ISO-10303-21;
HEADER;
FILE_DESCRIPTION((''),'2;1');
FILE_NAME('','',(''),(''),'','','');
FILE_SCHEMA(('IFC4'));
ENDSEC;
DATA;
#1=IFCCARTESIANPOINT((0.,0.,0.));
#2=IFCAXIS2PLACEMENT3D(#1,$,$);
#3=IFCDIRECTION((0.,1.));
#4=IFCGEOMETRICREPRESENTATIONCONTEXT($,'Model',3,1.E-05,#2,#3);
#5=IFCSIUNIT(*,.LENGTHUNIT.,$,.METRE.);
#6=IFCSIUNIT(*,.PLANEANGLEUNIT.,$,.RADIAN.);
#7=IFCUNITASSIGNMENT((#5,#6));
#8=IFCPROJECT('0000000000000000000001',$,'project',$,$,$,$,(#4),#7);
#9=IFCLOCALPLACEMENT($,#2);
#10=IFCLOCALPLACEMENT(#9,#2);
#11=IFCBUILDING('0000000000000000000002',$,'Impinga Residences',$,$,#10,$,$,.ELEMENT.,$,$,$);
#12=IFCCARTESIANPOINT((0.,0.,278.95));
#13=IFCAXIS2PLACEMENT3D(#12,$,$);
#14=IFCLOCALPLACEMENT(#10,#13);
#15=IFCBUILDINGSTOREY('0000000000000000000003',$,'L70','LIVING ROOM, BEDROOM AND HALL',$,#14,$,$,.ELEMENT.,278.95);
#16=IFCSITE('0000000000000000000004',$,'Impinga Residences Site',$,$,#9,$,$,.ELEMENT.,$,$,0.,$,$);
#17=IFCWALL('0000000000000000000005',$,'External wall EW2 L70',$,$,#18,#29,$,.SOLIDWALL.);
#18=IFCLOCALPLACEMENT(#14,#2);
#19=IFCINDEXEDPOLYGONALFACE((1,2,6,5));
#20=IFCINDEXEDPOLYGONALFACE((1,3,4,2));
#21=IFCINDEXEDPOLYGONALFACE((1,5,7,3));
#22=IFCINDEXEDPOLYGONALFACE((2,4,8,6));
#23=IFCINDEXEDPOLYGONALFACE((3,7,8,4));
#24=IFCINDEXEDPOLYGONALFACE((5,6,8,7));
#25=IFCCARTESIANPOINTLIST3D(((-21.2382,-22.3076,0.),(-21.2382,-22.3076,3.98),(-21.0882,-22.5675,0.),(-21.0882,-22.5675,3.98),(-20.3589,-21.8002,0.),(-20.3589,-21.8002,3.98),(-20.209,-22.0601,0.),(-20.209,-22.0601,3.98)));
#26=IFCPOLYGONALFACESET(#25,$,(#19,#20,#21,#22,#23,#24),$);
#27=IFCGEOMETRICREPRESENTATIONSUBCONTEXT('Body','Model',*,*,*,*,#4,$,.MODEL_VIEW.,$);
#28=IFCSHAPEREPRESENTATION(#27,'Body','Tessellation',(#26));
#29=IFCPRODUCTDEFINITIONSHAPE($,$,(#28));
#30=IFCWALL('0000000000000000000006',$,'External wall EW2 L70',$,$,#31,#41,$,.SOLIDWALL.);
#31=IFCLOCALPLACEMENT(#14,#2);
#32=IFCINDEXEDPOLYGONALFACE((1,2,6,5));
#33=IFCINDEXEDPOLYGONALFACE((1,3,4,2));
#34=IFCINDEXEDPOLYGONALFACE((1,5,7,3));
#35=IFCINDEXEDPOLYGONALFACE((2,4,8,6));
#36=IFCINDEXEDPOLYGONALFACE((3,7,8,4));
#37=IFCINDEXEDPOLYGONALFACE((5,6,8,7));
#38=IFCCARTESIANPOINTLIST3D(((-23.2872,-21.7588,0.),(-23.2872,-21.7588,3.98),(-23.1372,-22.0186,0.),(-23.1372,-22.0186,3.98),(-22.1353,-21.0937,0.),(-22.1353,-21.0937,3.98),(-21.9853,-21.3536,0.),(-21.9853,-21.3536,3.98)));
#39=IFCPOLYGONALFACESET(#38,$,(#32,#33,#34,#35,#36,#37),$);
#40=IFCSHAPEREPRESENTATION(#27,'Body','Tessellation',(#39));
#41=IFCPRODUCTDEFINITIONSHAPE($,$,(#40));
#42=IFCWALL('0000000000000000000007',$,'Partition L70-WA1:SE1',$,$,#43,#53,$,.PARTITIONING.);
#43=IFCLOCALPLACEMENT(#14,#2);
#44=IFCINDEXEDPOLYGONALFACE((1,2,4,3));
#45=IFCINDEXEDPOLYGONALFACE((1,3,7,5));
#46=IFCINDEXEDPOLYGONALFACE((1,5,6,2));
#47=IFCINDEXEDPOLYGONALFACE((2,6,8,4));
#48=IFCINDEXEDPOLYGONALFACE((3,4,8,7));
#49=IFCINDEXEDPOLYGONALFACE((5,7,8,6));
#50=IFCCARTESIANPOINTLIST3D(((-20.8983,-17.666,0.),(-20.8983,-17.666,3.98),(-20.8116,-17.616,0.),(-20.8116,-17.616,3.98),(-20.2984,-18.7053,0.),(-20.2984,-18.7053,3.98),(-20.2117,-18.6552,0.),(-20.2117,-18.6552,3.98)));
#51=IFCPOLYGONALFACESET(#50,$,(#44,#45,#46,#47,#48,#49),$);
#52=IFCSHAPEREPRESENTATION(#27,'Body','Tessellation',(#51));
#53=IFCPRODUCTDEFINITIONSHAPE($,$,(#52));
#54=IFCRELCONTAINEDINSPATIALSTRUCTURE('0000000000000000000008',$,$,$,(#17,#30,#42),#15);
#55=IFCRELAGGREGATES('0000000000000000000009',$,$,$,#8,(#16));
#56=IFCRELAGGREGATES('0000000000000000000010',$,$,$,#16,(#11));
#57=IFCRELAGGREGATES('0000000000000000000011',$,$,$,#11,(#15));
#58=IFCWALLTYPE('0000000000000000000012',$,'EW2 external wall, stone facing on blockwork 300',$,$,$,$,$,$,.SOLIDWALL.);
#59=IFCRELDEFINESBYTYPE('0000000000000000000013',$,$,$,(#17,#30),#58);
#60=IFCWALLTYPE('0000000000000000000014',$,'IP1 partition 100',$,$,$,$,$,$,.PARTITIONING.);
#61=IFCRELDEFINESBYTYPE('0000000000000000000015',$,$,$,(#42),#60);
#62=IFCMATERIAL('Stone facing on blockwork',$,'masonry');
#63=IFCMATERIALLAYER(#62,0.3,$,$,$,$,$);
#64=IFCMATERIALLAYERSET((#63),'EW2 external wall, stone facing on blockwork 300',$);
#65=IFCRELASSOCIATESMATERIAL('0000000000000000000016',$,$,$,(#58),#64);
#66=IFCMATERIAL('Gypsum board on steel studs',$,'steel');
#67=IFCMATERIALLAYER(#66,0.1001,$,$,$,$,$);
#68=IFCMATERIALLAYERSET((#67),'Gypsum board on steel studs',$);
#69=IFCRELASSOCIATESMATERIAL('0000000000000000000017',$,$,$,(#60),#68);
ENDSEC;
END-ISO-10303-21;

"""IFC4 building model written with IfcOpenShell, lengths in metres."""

from ifc_helpers import new_model, si_unit, direction, frame, frame_2d, origin, place, context, subcontext, project, spatial, rectangle, extrude, material, layer, layer_set, type_object, element, save


model = new_model("IFC4")

# Units and contexts
model_context = context("Model", 3, precision=1e-05, world=origin(), true_north=direction((0.0, 1.0)))
body_context = subcontext(model_context, "Body", "Model", "MODEL_VIEW")
ifc_project = project(units=[si_unit("LENGTHUNIT", "METRE"), si_unit("PLANEANGLEUNIT", "RADIAN")], contexts=[model_context])

# Site, building, storey
site_placement = place(None, origin())
site = spatial("IfcSite", under=ifc_project, at=site_placement, Name="Impinga Residences Site", CompositionType="ELEMENT", RefElevation=0.0)
building_placement = place(site_placement, origin())
building = spatial("IfcBuilding", under=site, at=building_placement, Name="Impinga Residences", CompositionType="ELEMENT")
storey_placement = place(building_placement, frame((0.0, 0.0, 278.95)))
storey = spatial("IfcBuildingStorey", under=building, at=storey_placement, Name="L70", Description="LIVING ROOM, BEDROOM AND HALL", CompositionType="ELEMENT", Elevation=278.95)

# Walls
ifc_material_1 = material(Name="Stone facing on blockwork", Category="masonry")
ifc_layer_1 = layer(ifc_material_1, 0.3)
ifc_layer_set_1 = layer_set([ifc_layer_1], Name="EW2 external wall, stone facing on blockwork 300")
wall_type_1 = type_object("IfcWallType", Name="EW2 external wall, stone facing on blockwork 300", PredefinedType="SOLIDWALL", material=ifc_layer_set_1)
wall_1_placement = place(storey_placement, frame((-20.2839, -21.9302, 0.0), z_axis=(0.0, 0.0, 1.0), x_axis=(-0.866134, -0.499813, 0.0)))
element("IfcWall", 1, at=wall_1_placement, inside=storey, type_object=wall_type_1, Name="External wall EW2 L70", PredefinedType="SOLIDWALL", context=body_context, shape_type="SweptSolid", body=[
    extrude(rectangle(XDim=1.0151, YDim=0.3, at=frame_2d((0.5076, 0.0))), origin(), (0.0, 0.0, 1.0), 3.98),
])
wall_2_placement = place(storey_placement, frame((-22.0603, -21.2236, 0.0), z_axis=(0.0, 0.0, 1.0), x_axis=(-0.866021, -0.500008, 0.0)))
element("IfcWall", 2, at=wall_2_placement, inside=storey, type_object=wall_type_1, Name="External wall EW2 L70", PredefinedType="SOLIDWALL", context=body_context, shape_type="SweptSolid", body=[
    extrude(rectangle(XDim=1.3301, YDim=0.3, at=frame_2d((0.665, 0.0))), origin(), (0.0, 0.0, 1.0), 3.98),
])
ifc_material_2 = material(Name="Gypsum board on steel studs", Category="steel")
ifc_layer_2 = layer(ifc_material_2, 0.1001)
ifc_layer_set_2 = layer_set([ifc_layer_2], Name="Gypsum board on steel studs")
wall_type_2 = type_object("IfcWallType", Name="IP1 partition 100", PredefinedType="PARTITIONING", material=ifc_layer_set_2)
wall_3_placement = place(storey_placement, frame((-20.855, -17.6409, 0.0), z_axis=(0.0, 0.0, 1.0), x_axis=(0.499881, -0.866094, 0.0)))
element("IfcWall", 3, at=wall_3_placement, inside=storey, type_object=wall_type_2, Name="Partition L70-WA1:SE1", PredefinedType="PARTITIONING", context=body_context, shape_type="SweptSolid", body=[
    extrude(rectangle(XDim=1.2, YDim=0.1001, at=frame_2d((0.6001, 0.0))), origin(), (0.0, 0.0, 1.0), 3.98),
])

save(model, "model.ifc")
